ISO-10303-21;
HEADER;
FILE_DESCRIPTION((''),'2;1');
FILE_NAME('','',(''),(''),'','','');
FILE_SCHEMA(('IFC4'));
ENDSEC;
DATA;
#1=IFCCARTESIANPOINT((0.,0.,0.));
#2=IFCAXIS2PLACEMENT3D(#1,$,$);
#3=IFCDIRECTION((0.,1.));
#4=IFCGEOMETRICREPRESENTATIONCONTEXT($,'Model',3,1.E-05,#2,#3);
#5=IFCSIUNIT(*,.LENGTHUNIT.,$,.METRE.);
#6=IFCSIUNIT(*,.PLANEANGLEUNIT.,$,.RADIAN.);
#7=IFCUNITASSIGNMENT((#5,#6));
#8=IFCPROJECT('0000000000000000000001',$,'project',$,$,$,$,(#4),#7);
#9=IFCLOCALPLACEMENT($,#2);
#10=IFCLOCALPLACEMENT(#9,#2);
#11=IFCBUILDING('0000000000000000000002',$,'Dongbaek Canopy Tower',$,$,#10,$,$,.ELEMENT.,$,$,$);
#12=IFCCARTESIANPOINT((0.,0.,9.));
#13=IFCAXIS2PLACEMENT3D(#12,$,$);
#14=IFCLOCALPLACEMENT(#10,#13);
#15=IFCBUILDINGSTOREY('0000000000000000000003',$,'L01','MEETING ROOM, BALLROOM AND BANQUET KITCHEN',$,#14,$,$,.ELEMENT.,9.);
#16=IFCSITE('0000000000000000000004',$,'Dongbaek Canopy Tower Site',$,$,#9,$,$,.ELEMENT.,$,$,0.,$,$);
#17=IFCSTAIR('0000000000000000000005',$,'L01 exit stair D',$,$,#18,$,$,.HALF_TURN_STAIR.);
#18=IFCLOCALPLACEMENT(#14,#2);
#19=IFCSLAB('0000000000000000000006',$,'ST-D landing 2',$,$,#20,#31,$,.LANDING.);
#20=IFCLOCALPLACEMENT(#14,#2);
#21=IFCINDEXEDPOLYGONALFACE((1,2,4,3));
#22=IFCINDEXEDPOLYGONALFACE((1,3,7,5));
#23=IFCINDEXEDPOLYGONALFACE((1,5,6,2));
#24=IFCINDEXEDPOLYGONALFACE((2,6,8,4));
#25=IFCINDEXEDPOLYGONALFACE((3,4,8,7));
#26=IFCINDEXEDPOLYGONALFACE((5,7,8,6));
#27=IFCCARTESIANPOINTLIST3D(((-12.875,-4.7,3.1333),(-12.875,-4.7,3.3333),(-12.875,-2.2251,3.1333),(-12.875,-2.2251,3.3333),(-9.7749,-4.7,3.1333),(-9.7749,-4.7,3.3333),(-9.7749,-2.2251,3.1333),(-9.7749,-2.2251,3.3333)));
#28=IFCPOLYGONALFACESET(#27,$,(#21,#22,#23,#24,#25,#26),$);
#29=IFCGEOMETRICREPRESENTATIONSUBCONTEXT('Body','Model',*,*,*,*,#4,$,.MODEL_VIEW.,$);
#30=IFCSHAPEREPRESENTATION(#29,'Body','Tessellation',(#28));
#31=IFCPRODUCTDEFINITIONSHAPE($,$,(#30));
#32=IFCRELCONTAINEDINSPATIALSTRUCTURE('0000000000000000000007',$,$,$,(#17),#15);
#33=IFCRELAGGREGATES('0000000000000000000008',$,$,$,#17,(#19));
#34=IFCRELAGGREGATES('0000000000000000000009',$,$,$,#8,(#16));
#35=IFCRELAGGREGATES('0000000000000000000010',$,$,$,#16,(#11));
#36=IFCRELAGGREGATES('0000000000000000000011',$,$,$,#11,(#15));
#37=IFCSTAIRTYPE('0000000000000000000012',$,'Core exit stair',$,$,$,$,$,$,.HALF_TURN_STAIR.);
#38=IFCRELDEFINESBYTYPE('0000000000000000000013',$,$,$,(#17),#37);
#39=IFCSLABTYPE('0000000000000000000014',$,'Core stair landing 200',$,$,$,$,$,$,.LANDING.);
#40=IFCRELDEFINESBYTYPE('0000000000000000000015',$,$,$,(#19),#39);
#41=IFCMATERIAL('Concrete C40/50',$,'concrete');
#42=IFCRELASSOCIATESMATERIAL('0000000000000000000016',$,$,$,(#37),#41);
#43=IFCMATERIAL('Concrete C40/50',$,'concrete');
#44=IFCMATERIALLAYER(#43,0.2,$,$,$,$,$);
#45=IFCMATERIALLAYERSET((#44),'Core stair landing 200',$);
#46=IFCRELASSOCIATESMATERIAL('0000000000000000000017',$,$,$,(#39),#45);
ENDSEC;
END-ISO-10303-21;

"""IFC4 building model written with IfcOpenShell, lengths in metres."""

from ifc_helpers import new_model, si_unit, direction, frame, origin, place, context, subcontext, project, spatial, polyline, outline, extrude, material, layer, layer_set, type_object, element, aggregate, save


model = new_model("IFC4")

# Units and contexts
model_context = context("Model", 3, precision=1e-05, world=origin(), true_north=direction((0.0, 1.0)))
body_context = subcontext(model_context, "Body", "Model", "MODEL_VIEW")
ifc_project = project(units=[si_unit("LENGTHUNIT", "METRE"), si_unit("PLANEANGLEUNIT", "RADIAN")], contexts=[model_context])

# Site, building, storey
site_placement = place(None, origin())
site = spatial("IfcSite", under=ifc_project, at=site_placement, Name="Dongbaek Canopy Tower Site", CompositionType="ELEMENT", RefElevation=0.0)
building_placement = place(site_placement, origin())
building = spatial("IfcBuilding", under=site, at=building_placement, Name="Dongbaek Canopy Tower", CompositionType="ELEMENT")
storey_placement = place(building_placement, frame((0.0, 0.0, 9.0)))
storey = spatial("IfcBuildingStorey", under=building, at=storey_placement, Name="L01", Description="MEETING ROOM, BALLROOM AND BANQUET KITCHEN", CompositionType="ELEMENT", Elevation=9.0)

# Stair, slab
ifc_material_1 = material(Name="Concrete C40/50", Category="concrete")
stair_type = type_object("IfcStairType", Name="Core exit stair", PredefinedType="HALF_TURN_STAIR", material=ifc_material_1)
ifc_material_2 = material(Name="Concrete C40/50", Category="concrete")
ifc_layer = layer(ifc_material_2, 0.2)
ifc_layer_set = layer_set([ifc_layer], Name="Core stair landing 200")
slab_type = type_object("IfcSlabType", Name="Core stair landing 200", PredefinedType="LANDING", material=ifc_layer_set)
stair_1_placement = place(storey_placement, origin())
stair_1 = element("IfcStair", 1, at=stair_1_placement, inside=storey, type_object=stair_type, Name="L01 exit stair D", PredefinedType="HALF_TURN_STAIR")
slab_1_placement = place(storey_placement, frame((0.0, 0.0, 3.1333)))
slab_1 = element("IfcSlab", 2, at=slab_1_placement, type_object=slab_type, Name="ST-D landing 2", PredefinedType="LANDING", context=body_context, shape_type="SweptSolid", body=[
    extrude(outline(polyline([(-12.875, -2.2251), (-12.875, -4.7), (-9.7749, -4.7), (-9.7749, -2.2251), (-12.875, -2.2251)])), origin(), (0.0, 0.0, 1.0), 0.2),
])
aggregate(stair_1, [slab_1])

save(model, "model.ifc")
